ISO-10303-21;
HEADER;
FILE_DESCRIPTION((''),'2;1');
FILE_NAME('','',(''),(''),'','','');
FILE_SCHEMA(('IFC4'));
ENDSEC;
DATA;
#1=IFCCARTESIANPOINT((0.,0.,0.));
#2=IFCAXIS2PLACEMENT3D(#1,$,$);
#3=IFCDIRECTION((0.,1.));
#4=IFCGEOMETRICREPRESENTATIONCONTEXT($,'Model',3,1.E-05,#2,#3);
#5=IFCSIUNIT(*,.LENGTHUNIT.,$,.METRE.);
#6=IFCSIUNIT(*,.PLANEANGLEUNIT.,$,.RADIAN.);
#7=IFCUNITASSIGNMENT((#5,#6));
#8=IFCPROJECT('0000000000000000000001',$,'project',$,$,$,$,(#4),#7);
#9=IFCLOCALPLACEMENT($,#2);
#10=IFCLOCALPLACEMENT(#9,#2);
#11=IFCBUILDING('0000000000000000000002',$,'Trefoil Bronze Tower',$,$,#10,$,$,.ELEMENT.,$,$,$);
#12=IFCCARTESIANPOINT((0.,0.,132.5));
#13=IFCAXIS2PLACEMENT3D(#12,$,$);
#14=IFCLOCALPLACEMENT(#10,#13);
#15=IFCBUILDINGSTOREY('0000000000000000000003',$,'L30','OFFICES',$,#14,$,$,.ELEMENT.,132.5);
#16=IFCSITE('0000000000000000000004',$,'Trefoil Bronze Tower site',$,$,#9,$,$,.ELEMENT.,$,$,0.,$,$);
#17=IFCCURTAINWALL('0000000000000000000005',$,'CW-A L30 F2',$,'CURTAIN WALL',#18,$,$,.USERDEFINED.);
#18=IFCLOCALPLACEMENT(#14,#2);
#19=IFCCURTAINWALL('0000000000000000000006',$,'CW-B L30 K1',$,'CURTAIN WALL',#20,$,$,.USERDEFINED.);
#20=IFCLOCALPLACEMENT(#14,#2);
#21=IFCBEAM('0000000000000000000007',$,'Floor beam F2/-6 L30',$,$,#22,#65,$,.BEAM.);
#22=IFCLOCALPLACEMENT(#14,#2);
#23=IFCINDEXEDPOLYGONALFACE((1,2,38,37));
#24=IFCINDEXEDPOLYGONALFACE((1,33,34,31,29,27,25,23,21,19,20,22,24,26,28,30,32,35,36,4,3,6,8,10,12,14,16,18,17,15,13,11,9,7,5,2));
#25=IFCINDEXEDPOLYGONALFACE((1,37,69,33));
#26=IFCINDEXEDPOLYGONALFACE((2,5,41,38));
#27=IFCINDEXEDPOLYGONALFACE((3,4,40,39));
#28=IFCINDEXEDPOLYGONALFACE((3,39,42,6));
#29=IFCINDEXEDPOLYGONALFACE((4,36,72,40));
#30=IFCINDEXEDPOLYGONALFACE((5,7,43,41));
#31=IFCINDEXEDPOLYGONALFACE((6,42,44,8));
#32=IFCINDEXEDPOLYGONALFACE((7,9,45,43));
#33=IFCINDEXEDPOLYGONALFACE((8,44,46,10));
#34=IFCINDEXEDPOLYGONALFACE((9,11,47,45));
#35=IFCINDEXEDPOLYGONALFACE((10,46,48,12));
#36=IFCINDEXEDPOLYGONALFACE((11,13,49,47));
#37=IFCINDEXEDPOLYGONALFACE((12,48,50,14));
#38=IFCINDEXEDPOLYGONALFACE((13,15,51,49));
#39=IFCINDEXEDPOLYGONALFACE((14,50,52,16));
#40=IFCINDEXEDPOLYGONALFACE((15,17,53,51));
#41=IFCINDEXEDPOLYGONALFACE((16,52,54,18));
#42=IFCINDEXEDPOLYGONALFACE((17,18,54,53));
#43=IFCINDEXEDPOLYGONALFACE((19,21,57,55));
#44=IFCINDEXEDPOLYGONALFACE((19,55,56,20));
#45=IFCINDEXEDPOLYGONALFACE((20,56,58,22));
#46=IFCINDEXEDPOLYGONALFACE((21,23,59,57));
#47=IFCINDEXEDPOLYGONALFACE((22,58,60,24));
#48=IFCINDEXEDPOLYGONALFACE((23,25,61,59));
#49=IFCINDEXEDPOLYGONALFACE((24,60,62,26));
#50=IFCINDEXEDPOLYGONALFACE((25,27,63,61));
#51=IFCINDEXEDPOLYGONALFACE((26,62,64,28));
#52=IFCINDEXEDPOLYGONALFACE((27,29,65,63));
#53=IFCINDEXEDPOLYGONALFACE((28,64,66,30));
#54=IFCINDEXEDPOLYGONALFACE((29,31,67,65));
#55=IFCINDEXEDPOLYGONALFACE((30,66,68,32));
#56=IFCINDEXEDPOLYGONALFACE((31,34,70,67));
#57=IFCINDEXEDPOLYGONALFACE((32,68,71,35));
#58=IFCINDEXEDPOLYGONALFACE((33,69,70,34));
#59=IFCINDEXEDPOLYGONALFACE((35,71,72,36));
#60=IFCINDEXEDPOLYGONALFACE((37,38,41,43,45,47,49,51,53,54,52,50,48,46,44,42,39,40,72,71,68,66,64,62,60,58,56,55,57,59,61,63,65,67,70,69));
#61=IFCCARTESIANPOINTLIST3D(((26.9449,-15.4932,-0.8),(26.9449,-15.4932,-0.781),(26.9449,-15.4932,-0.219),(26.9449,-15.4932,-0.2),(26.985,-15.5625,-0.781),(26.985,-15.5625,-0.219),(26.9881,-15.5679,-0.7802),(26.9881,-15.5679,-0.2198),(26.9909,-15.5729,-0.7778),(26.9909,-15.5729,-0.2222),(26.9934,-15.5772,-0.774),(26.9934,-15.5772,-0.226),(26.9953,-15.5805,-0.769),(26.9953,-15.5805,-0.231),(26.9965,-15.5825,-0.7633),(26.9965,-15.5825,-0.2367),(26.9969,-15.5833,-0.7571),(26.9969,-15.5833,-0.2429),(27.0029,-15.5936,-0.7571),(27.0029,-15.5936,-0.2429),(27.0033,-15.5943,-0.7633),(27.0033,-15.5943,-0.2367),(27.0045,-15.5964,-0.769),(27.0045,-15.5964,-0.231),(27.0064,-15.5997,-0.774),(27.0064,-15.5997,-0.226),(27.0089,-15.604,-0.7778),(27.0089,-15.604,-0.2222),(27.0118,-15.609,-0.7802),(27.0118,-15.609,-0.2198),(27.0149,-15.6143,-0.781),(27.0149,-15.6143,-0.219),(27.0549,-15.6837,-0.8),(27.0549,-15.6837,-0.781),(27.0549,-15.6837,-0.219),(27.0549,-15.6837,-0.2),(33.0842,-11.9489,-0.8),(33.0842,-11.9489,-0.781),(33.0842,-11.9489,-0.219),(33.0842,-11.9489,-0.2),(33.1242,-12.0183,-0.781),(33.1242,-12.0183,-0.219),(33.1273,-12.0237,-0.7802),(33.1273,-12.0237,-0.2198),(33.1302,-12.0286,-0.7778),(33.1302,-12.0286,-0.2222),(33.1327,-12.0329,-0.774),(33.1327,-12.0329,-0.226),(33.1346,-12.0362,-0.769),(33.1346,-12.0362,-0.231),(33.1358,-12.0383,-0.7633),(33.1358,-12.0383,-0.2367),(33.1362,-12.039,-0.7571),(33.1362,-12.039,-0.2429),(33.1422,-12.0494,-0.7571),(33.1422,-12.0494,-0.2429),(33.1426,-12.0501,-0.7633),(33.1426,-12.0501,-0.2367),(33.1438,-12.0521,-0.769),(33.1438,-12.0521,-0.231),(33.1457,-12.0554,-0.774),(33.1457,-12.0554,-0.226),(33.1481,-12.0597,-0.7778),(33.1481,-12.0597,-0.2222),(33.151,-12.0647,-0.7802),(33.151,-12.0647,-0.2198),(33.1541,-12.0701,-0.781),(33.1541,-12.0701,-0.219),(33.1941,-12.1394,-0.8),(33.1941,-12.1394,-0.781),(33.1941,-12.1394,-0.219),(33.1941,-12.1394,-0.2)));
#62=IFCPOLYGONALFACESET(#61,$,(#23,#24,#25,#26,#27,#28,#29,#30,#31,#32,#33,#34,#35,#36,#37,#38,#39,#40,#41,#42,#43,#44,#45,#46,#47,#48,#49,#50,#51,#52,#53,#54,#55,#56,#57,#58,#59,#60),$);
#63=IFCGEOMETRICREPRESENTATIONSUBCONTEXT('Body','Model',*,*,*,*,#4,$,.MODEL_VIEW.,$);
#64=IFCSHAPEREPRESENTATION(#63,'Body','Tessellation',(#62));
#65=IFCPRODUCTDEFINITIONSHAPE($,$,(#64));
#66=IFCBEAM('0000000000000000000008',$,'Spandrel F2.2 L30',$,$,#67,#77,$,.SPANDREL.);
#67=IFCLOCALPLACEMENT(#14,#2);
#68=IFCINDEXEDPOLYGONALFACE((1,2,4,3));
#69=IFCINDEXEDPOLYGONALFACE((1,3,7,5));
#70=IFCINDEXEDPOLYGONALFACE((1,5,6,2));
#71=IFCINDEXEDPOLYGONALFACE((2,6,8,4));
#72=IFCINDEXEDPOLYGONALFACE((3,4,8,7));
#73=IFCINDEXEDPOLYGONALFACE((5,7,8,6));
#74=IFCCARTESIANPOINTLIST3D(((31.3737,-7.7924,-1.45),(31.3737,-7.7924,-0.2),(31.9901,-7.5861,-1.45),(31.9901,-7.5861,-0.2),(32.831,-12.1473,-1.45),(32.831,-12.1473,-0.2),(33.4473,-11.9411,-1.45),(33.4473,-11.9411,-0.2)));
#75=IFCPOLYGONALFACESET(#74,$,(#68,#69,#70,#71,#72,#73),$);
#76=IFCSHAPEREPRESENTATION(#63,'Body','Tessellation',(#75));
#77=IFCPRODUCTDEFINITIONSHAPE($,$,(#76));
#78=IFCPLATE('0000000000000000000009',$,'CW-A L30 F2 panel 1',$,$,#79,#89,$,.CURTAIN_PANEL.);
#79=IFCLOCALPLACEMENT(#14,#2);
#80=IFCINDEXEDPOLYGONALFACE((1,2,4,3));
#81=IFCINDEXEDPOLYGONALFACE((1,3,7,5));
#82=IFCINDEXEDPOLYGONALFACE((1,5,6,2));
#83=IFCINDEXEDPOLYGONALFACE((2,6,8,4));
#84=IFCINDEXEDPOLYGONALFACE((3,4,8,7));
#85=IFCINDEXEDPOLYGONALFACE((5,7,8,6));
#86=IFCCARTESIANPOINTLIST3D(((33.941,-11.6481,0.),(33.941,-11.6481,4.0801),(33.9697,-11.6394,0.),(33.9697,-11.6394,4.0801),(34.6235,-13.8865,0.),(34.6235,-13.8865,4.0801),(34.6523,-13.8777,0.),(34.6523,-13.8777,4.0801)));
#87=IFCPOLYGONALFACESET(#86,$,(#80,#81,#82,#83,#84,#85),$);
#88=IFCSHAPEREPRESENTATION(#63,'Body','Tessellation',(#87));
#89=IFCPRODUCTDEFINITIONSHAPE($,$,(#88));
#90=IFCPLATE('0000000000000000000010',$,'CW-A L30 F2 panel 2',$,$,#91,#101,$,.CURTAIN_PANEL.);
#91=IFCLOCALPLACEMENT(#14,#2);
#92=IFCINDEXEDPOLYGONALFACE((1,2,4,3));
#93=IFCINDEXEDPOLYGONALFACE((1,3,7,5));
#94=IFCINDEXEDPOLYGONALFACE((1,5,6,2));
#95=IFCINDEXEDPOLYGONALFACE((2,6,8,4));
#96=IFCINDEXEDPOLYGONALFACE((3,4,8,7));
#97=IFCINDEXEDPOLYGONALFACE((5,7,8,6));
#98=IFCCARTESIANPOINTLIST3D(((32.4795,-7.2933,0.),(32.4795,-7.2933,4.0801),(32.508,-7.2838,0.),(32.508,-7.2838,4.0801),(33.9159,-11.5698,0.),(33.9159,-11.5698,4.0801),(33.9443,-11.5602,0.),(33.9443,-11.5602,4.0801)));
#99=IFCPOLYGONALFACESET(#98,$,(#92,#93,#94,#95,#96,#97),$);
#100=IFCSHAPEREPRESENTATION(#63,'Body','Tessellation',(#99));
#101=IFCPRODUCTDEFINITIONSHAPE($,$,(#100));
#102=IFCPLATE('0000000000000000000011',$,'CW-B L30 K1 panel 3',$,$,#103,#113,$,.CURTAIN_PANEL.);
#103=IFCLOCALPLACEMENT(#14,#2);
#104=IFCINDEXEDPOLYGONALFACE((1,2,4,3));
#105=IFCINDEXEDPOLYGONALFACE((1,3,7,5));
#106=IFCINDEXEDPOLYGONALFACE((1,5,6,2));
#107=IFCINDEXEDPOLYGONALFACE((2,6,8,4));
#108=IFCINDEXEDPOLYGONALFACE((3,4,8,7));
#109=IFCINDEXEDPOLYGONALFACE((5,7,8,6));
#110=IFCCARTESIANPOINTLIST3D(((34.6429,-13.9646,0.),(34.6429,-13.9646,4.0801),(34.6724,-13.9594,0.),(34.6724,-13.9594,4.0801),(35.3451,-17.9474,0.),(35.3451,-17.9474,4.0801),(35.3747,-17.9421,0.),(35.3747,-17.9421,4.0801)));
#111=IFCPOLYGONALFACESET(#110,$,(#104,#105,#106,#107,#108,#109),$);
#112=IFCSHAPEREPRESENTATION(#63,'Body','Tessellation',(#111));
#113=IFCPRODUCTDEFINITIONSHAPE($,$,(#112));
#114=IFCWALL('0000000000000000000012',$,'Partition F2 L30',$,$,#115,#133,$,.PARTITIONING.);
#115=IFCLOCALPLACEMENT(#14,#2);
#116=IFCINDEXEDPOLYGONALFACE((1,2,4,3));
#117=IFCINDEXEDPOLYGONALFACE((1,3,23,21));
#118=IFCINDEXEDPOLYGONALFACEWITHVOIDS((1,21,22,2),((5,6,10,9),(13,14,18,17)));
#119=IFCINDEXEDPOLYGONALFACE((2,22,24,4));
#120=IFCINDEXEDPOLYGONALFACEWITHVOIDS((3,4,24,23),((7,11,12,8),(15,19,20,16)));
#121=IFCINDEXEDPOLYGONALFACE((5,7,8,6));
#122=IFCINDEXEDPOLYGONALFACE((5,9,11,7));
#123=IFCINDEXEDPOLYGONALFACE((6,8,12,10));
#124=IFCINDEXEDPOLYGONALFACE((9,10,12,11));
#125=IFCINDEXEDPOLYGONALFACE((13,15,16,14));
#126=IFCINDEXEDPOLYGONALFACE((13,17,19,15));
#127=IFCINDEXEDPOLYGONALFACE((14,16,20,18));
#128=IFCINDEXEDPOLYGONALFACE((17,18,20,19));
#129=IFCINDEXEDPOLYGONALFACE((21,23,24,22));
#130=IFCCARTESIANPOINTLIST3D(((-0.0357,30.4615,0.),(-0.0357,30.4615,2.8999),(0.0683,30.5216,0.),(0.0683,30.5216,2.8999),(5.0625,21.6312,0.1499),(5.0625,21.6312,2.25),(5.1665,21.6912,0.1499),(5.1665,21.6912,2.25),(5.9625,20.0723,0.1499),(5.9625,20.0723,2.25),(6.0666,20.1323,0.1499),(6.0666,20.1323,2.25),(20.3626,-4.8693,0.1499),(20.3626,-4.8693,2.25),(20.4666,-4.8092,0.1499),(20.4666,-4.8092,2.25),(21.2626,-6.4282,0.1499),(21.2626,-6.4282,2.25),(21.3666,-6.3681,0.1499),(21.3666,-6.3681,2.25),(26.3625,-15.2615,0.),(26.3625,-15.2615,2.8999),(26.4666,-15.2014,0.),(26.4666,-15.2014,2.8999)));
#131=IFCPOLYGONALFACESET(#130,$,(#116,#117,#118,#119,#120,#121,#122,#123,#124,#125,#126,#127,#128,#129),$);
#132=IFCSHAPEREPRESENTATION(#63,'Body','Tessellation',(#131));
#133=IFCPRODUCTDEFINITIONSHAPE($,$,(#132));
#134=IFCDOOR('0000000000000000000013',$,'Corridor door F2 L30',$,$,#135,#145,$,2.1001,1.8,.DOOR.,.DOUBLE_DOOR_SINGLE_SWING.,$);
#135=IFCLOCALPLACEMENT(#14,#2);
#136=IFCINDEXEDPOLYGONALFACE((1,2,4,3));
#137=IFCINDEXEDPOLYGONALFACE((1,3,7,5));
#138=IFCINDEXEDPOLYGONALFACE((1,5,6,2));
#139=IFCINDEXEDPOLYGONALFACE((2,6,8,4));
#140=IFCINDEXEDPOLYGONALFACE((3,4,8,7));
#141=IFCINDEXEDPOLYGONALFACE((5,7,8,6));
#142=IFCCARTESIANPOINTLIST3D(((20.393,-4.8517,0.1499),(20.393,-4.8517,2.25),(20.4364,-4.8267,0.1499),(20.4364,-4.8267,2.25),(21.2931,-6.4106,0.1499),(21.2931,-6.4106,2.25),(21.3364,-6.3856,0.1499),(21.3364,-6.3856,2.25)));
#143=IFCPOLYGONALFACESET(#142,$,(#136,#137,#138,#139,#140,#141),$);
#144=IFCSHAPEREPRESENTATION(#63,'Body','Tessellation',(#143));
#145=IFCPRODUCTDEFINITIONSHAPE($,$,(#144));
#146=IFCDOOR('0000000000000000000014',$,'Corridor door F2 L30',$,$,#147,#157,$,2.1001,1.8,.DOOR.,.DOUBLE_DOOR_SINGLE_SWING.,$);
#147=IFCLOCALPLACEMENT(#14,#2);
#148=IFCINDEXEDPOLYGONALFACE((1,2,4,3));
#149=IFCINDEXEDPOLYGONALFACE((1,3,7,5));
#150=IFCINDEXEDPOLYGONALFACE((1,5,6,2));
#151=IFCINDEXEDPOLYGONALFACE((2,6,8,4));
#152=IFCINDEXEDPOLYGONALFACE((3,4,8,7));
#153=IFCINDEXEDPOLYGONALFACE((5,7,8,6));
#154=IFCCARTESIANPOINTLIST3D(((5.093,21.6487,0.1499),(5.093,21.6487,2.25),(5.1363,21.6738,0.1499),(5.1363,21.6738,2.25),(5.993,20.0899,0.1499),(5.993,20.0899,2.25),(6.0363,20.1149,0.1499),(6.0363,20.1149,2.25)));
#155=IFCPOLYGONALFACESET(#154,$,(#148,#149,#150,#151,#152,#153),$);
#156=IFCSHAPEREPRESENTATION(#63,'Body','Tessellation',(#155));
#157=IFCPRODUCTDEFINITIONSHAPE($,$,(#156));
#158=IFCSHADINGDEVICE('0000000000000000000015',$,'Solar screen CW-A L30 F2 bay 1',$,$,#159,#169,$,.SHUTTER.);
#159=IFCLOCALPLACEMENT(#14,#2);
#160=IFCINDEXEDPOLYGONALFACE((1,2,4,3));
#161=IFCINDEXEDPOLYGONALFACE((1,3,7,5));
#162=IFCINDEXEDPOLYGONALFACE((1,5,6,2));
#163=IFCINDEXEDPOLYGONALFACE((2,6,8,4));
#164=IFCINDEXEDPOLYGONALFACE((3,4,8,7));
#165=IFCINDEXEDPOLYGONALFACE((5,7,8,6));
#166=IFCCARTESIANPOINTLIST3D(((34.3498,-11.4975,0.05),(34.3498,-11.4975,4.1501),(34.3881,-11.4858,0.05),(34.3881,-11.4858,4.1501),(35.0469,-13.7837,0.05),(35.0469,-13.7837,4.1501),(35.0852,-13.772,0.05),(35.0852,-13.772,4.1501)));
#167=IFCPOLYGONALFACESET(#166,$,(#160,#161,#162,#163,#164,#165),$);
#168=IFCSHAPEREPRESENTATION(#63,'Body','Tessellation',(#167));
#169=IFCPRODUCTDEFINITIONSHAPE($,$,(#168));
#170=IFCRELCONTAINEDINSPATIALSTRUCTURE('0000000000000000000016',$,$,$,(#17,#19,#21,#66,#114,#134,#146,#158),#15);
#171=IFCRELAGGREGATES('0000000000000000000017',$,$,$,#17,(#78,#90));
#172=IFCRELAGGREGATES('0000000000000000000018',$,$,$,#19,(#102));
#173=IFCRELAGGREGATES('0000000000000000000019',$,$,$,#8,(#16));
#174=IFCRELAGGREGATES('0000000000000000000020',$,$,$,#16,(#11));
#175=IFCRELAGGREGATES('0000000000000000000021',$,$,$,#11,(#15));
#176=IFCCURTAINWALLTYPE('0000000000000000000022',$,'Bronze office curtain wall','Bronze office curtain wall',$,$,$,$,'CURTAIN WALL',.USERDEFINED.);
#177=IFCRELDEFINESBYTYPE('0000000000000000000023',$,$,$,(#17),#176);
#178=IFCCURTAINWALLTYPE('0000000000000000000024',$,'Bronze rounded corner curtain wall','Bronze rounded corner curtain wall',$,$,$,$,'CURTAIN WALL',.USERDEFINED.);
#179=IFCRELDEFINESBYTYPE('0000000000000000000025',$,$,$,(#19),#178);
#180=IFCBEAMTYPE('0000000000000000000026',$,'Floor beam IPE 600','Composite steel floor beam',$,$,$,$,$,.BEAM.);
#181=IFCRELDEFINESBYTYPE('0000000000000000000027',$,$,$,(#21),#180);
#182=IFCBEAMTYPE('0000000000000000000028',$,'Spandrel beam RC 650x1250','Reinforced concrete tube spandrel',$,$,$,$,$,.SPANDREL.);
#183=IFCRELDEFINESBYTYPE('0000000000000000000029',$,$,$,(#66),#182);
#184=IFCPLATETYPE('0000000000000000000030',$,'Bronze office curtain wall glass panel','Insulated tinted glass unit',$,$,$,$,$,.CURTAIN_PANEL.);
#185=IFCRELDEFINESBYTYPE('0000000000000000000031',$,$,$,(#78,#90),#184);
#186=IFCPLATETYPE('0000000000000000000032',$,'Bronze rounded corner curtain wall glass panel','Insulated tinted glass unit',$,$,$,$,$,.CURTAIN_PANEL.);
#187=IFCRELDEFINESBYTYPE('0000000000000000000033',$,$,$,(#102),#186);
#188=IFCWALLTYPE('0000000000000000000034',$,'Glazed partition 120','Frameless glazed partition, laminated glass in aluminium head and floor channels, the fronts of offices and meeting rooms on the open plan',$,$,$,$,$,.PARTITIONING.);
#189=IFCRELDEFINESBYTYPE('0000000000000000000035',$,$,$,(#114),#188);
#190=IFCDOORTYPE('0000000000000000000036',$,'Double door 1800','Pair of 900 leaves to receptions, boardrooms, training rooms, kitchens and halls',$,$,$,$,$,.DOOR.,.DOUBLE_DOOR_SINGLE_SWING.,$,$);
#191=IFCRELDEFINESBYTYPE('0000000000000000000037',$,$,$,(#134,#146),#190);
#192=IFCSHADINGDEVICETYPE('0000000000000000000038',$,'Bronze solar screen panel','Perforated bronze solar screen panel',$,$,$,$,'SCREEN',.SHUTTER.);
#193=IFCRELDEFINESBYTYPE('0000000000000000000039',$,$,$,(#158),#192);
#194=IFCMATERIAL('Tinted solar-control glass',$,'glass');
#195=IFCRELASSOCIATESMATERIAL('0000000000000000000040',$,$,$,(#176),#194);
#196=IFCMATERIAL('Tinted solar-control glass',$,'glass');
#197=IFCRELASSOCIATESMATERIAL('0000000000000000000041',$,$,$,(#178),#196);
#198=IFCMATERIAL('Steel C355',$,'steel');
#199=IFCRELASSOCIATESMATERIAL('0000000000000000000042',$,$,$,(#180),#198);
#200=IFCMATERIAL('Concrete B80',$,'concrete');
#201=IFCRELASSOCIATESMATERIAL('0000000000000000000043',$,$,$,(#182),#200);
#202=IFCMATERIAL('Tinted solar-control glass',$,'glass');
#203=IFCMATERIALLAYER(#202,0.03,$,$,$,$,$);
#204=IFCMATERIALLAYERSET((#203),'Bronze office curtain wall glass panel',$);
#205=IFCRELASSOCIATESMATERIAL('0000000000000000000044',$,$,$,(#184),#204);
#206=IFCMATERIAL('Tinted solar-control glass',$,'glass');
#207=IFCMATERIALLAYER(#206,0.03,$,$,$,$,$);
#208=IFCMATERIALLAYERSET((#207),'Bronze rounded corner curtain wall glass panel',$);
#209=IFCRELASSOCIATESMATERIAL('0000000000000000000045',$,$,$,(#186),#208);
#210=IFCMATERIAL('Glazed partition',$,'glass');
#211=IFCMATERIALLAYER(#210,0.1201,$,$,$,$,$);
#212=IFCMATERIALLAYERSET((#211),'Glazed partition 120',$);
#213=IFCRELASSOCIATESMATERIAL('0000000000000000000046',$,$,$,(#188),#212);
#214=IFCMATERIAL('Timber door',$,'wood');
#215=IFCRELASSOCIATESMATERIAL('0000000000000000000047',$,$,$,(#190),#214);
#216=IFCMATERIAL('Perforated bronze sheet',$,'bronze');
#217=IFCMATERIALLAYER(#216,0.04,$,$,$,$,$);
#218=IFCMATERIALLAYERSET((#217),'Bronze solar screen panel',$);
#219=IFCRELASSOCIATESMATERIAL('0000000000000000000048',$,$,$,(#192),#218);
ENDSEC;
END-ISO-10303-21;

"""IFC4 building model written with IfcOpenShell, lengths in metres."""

from ifc_helpers import new_model, si_unit, direction, frame, frame_2d, origin, origin_2d, place, context, subcontext, project, spatial, rectangle, i_section, extrude, material, layer, layer_set, material_profile, profile_set, type_object, element, fill, aggregate, save


model = new_model("IFC4")

# Units and contexts
model_context = context("Model", 3, precision=1e-05, world=origin(), true_north=direction((0.0, 1.0)))
body_context = subcontext(model_context, "Body", "Model", "MODEL_VIEW")
ifc_project = project(units=[si_unit("LENGTHUNIT", "METRE"), si_unit("PLANEANGLEUNIT", "RADIAN")], contexts=[model_context])

# Site, building, storey
site_placement = place(None, origin())
site = spatial("IfcSite", under=ifc_project, at=site_placement, Name="Trefoil Bronze Tower site", CompositionType="ELEMENT", RefElevation=0.0)
building_placement = place(site_placement, origin())
building = spatial("IfcBuilding", under=site, at=building_placement, Name="Trefoil Bronze Tower", CompositionType="ELEMENT")
storey_placement = place(building_placement, frame((0.0, 0.0, 132.5)))
storey = spatial("IfcBuildingStorey", under=building, at=storey_placement, Name="L30", Description="OFFICES", CompositionType="ELEMENT", Elevation=132.5)

# Curtain wall
ifc_material_1 = material(Name="Tinted solar-control glass", Category="glass")
curtain_wall_type_1 = type_object("IfcCurtainWallType", Name="Bronze office curtain wall", Description="Bronze office curtain wall", ElementType="CURTAIN WALL", PredefinedType="USERDEFINED", material=ifc_material_1)
curtain_wall_1_placement = place(storey_placement, origin())
curtain_wall_1 = element("IfcCurtainWall", 1, at=curtain_wall_1_placement, inside=storey, type_object=curtain_wall_type_1, Name="CW-A L30 F2", ObjectType="CURTAIN WALL", PredefinedType="USERDEFINED")

# Curtain wall
ifc_material_2 = material(Name="Tinted solar-control glass", Category="glass")
curtain_wall_type_2 = type_object("IfcCurtainWallType", Name="Bronze rounded corner curtain wall", Description="Bronze rounded corner curtain wall", ElementType="CURTAIN WALL", PredefinedType="USERDEFINED", material=ifc_material_2)
curtain_wall_2_placement = place(storey_placement, origin())
curtain_wall_2 = element("IfcCurtainWall", 2, at=curtain_wall_2_placement, inside=storey, type_object=curtain_wall_type_2, Name="CW-B L30 K1", ObjectType="CURTAIN WALL", PredefinedType="USERDEFINED")

# Beams
ifc_material_3 = material(Name="Steel C355", Category="steel")
ifc_material_profile_1 = material_profile(ifc_material_3, i_section(OverallWidth=0.22, OverallDepth=0.6001, WebThickness=0.012, FlangeThickness=0.019, FilletRadius=0.0239, at=origin_2d()), Name="IPE 600")
ifc_profile_set_1 = profile_set([ifc_material_profile_1], Name="Steel C355")
beam_type_1 = type_object("IfcBeamType", Name="Floor beam IPE 600", Description="Composite steel floor beam", PredefinedType="BEAM", material=ifc_profile_set_1)
beam_1_placement = place(storey_placement, frame((33.1392, -12.0442, -0.5), z_axis=(-0.866041, -0.499973, 0.0), x_axis=(0.499973, -0.866041, 0.0)))
element("IfcBeam", 3, at=beam_1_placement, inside=storey, type_object=beam_type_1, Name="Floor beam F2/-6 L30", PredefinedType="BEAM", context=body_context, shape_type="SweptSolid", body=[
    extrude(i_section(OverallWidth=0.22, OverallDepth=0.6001, WebThickness=0.012, FlangeThickness=0.019, FilletRadius=0.0239, at=origin_2d()), origin(), (0.0, 0.0, 1.0), 7.0889),
])
ifc_material_4 = material(Name="Concrete B80", Category="concrete")
ifc_material_profile_2 = material_profile(ifc_material_4, rectangle(XDim=0.6499, YDim=1.25, at=origin_2d()), Name="RC 650x1250")
ifc_profile_set_2 = profile_set([ifc_material_profile_2], Name="Concrete B80")
beam_type_2 = type_object("IfcBeamType", Name="Spandrel beam RC 650x1250", Description="Reinforced concrete tube spandrel", PredefinedType="SPANDREL", material=ifc_profile_set_2)
beam_2_placement = place(storey_placement, frame((33.1392, -12.0442, -0.825), z_axis=(-0.317328, 0.948316, 0.0), x_axis=(-0.948316, -0.317328, 0.0)))
element("IfcBeam", 4, at=beam_2_placement, inside=storey, type_object=beam_type_2, Name="Spandrel F2.2 L30", PredefinedType="SPANDREL", context=body_context, shape_type="SweptSolid", body=[
    extrude(rectangle(XDim=0.6499, YDim=1.25, at=origin_2d()), origin(), (0.0, 0.0, 1.0), 4.5923),
])

# Plates
ifc_material_5 = material(Name="Tinted solar-control glass", Category="glass")
ifc_layer_1 = layer(ifc_material_5, 0.03)
ifc_layer_set_1 = layer_set([ifc_layer_1], Name="Bronze office curtain wall glass panel")
plate_type_1 = type_object("IfcPlateType", Name="Bronze office curtain wall glass panel", Description="Insulated tinted glass unit", PredefinedType="CURTAIN_PANEL", material=ifc_layer_set_1)
plate_1_placement = place(storey_placement, frame((34.2966, -12.7629, 0.0), z_axis=(0.0, 0.0, 1.0), x_axis=(-0.291669, 0.956519, 0.0)))
plate_1 = element("IfcPlate", 5, at=plate_1_placement, type_object=plate_type_1, Name="CW-A L30 F2 panel 1", PredefinedType="CURTAIN_PANEL", context=body_context, shape_type="SweptSolid", body=[
    extrude(rectangle(XDim=2.3401, YDim=0.03, at=origin_2d()), origin(), (0.0, 0.0, 1.0), 4.0801),
])
plate_2_placement = place(storey_placement, frame((33.2119, -9.4268, 0.0), z_axis=(0.0, 0.0, 1.0), x_axis=(-0.318404, 0.947955, 0.0)))
plate_2 = element("IfcPlate", 6, at=plate_2_placement, type_object=plate_type_1, Name="CW-A L30 F2 panel 2", PredefinedType="CURTAIN_PANEL", context=body_context, shape_type="SweptSolid", body=[
    extrude(rectangle(XDim=4.5112, YDim=0.03, at=origin_2d()), origin(), (0.0, 0.0, 1.0), 4.0801),
])
aggregate(curtain_wall_1, [plate_1, plate_2])
ifc_material_6 = material(Name="Tinted solar-control glass", Category="glass")
ifc_layer_2 = layer(ifc_material_6, 0.03)
ifc_layer_set_2 = layer_set([ifc_layer_2], Name="Bronze rounded corner curtain wall glass panel")
plate_type_2 = type_object("IfcPlateType", Name="Bronze rounded corner curtain wall glass panel", Description="Insulated tinted glass unit", PredefinedType="CURTAIN_PANEL", material=ifc_layer_set_2)
plate_3_placement = place(storey_placement, frame((35.0088, -15.9534, 0.0), z_axis=(0.0, 0.0, 1.0), x_axis=(-0.173648, 0.984808, 0.0)))
plate_3 = element("IfcPlate", 7, at=plate_3_placement, type_object=plate_type_2, Name="CW-B L30 K1 panel 3", PredefinedType="CURTAIN_PANEL", context=body_context, shape_type="SweptSolid", body=[
    extrude(rectangle(XDim=4.0442, YDim=0.03, at=origin_2d()), origin(), (0.0, 0.0, 1.0), 4.0801),
])
aggregate(curtain_wall_2, [plate_3])

# Wall, openings, doors
ifc_material_7 = material(Name="Glazed partition", Category="glass")
ifc_layer_3 = layer(ifc_material_7, 0.1201)
ifc_layer_set_3 = layer_set([ifc_layer_3], Name="Glazed partition 120")
wall_type = type_object("IfcWallType", Name="Glazed partition 120", Description="Frameless glazed partition, laminated glass in aluminium head and floor channels, the fronts of offices and meeting rooms on the open plan", PredefinedType="PARTITIONING", material=ifc_layer_set_3)
wall_placement = place(storey_placement, frame((26.4146, -15.2314, 0.0), z_axis=(0.0, 0.0, 1.0), x_axis=(-0.500001, 0.866025, 0.0)))
wall = element("IfcWall", 8, at=wall_placement, inside=storey, type_object=wall_type, Name="Partition F2 L30", PredefinedType="PARTITIONING", context=body_context, shape_type="SweptSolid", body=[
    extrude(rectangle(XDim=52.7964, YDim=0.1201, at=frame_2d((26.3982, 0.0))), origin(), (0.0, 0.0, 1.0), 2.8999),
])
opening_1_placement = place(wall_placement, frame((10.2, 0.0, 0.1499)))
opening_1 = element("IfcOpeningElement", 9, at=opening_1_placement, cuts=wall, PredefinedType="OPENING", context=body_context, shape_type="SweptSolid", body=[
    extrude(rectangle(XDim=1.8, YDim=2.1001, at=frame_2d((0.8999, 1.05))), frame((0.0, 0.0701, 0.0), z_axis=(0.0, -1.0, 0.0), x_axis=(1.0, 0.0, 0.0)), (0.0, 0.0, 1.0), 0.1401),
])
opening_2_placement = place(wall_placement, frame((40.8, 0.0, 0.1499)))
opening_2 = element("IfcOpeningElement", 10, at=opening_2_placement, cuts=wall, PredefinedType="OPENING", context=body_context, shape_type="SweptSolid", body=[
    extrude(rectangle(XDim=1.8, YDim=2.1001, at=frame_2d((0.8999, 1.05))), frame((0.0, 0.0701, 0.0), z_axis=(0.0, -1.0, 0.0), x_axis=(1.0, 0.0, 0.0)), (0.0, 0.0, 1.0), 0.1401),
])
ifc_material_8 = material(Name="Timber door", Category="wood")
door_type = type_object("IfcDoorType", Name="Double door 1800", Description="Pair of 900 leaves to receptions, boardrooms, training rooms, kitchens and halls", OperationType="DOUBLE_DOOR_SINGLE_SWING", PredefinedType="DOOR", material=ifc_material_8)
door_1_placement = place(opening_1_placement, origin())
door_1 = element("IfcDoor", 11, at=door_1_placement, inside=storey, type_object=door_type, Name="Corridor door F2 L30", OperationType="DOUBLE_DOOR_SINGLE_SWING", OverallHeight=2.1001, OverallWidth=1.8, PredefinedType="DOOR", context=body_context, shape_type="SweptSolid", body=[
    extrude(rectangle(XDim=1.8, YDim=2.1001, at=frame_2d((0.8999, 1.05))), frame((0.0, 0.0249, 0.0), z_axis=(0.0, -1.0, 0.0), x_axis=(1.0, 0.0, 0.0)), (0.0, 0.0, 1.0), 0.05),
])
fill(opening_1, door_1)
door_2_placement = place(opening_2_placement, origin())
door_2 = element("IfcDoor", 12, at=door_2_placement, inside=storey, type_object=door_type, Name="Corridor door F2 L30", OperationType="DOUBLE_DOOR_SINGLE_SWING", OverallHeight=2.1001, OverallWidth=1.8, PredefinedType="DOOR", context=body_context, shape_type="SweptSolid", body=[
    extrude(rectangle(XDim=1.8, YDim=2.1001, at=frame_2d((0.8999, 1.05))), frame((0.0, 0.0249, 0.0), z_axis=(0.0, -1.0, 0.0), x_axis=(1.0, 0.0, 0.0)), (0.0, 0.0, 1.0), 0.05),
])
fill(opening_2, door_2)

# Shading device
ifc_material_9 = material(Name="Perforated bronze sheet", Category="bronze")
ifc_layer_4 = layer(ifc_material_9, 0.04)
ifc_layer_set_4 = layer_set([ifc_layer_4], Name="Bronze solar screen panel")
shading_device_type = type_object("IfcShadingDeviceType", Name="Bronze solar screen panel", Description="Perforated bronze solar screen panel", ElementType="SCREEN", PredefinedType="SHUTTER", material=ifc_layer_set_4)
shading_device_1_placement = place(storey_placement, frame((34.7175, -12.6348, 0.05), z_axis=(0.0, 0.0, 1.0), x_axis=(-0.291669, 0.956519, 0.0)))
element("IfcShadingDevice", 13, at=shading_device_1_placement, inside=storey, type_object=shading_device_type, Name="Solar screen CW-A L30 F2 bay 1", PredefinedType="SHUTTER", context=body_context, shape_type="SweptSolid", body=[
    extrude(rectangle(XDim=2.3901, YDim=0.04, at=origin_2d()), origin(), (0.0, 0.0, 1.0), 4.1001),
])

save(model, "model.ifc")
